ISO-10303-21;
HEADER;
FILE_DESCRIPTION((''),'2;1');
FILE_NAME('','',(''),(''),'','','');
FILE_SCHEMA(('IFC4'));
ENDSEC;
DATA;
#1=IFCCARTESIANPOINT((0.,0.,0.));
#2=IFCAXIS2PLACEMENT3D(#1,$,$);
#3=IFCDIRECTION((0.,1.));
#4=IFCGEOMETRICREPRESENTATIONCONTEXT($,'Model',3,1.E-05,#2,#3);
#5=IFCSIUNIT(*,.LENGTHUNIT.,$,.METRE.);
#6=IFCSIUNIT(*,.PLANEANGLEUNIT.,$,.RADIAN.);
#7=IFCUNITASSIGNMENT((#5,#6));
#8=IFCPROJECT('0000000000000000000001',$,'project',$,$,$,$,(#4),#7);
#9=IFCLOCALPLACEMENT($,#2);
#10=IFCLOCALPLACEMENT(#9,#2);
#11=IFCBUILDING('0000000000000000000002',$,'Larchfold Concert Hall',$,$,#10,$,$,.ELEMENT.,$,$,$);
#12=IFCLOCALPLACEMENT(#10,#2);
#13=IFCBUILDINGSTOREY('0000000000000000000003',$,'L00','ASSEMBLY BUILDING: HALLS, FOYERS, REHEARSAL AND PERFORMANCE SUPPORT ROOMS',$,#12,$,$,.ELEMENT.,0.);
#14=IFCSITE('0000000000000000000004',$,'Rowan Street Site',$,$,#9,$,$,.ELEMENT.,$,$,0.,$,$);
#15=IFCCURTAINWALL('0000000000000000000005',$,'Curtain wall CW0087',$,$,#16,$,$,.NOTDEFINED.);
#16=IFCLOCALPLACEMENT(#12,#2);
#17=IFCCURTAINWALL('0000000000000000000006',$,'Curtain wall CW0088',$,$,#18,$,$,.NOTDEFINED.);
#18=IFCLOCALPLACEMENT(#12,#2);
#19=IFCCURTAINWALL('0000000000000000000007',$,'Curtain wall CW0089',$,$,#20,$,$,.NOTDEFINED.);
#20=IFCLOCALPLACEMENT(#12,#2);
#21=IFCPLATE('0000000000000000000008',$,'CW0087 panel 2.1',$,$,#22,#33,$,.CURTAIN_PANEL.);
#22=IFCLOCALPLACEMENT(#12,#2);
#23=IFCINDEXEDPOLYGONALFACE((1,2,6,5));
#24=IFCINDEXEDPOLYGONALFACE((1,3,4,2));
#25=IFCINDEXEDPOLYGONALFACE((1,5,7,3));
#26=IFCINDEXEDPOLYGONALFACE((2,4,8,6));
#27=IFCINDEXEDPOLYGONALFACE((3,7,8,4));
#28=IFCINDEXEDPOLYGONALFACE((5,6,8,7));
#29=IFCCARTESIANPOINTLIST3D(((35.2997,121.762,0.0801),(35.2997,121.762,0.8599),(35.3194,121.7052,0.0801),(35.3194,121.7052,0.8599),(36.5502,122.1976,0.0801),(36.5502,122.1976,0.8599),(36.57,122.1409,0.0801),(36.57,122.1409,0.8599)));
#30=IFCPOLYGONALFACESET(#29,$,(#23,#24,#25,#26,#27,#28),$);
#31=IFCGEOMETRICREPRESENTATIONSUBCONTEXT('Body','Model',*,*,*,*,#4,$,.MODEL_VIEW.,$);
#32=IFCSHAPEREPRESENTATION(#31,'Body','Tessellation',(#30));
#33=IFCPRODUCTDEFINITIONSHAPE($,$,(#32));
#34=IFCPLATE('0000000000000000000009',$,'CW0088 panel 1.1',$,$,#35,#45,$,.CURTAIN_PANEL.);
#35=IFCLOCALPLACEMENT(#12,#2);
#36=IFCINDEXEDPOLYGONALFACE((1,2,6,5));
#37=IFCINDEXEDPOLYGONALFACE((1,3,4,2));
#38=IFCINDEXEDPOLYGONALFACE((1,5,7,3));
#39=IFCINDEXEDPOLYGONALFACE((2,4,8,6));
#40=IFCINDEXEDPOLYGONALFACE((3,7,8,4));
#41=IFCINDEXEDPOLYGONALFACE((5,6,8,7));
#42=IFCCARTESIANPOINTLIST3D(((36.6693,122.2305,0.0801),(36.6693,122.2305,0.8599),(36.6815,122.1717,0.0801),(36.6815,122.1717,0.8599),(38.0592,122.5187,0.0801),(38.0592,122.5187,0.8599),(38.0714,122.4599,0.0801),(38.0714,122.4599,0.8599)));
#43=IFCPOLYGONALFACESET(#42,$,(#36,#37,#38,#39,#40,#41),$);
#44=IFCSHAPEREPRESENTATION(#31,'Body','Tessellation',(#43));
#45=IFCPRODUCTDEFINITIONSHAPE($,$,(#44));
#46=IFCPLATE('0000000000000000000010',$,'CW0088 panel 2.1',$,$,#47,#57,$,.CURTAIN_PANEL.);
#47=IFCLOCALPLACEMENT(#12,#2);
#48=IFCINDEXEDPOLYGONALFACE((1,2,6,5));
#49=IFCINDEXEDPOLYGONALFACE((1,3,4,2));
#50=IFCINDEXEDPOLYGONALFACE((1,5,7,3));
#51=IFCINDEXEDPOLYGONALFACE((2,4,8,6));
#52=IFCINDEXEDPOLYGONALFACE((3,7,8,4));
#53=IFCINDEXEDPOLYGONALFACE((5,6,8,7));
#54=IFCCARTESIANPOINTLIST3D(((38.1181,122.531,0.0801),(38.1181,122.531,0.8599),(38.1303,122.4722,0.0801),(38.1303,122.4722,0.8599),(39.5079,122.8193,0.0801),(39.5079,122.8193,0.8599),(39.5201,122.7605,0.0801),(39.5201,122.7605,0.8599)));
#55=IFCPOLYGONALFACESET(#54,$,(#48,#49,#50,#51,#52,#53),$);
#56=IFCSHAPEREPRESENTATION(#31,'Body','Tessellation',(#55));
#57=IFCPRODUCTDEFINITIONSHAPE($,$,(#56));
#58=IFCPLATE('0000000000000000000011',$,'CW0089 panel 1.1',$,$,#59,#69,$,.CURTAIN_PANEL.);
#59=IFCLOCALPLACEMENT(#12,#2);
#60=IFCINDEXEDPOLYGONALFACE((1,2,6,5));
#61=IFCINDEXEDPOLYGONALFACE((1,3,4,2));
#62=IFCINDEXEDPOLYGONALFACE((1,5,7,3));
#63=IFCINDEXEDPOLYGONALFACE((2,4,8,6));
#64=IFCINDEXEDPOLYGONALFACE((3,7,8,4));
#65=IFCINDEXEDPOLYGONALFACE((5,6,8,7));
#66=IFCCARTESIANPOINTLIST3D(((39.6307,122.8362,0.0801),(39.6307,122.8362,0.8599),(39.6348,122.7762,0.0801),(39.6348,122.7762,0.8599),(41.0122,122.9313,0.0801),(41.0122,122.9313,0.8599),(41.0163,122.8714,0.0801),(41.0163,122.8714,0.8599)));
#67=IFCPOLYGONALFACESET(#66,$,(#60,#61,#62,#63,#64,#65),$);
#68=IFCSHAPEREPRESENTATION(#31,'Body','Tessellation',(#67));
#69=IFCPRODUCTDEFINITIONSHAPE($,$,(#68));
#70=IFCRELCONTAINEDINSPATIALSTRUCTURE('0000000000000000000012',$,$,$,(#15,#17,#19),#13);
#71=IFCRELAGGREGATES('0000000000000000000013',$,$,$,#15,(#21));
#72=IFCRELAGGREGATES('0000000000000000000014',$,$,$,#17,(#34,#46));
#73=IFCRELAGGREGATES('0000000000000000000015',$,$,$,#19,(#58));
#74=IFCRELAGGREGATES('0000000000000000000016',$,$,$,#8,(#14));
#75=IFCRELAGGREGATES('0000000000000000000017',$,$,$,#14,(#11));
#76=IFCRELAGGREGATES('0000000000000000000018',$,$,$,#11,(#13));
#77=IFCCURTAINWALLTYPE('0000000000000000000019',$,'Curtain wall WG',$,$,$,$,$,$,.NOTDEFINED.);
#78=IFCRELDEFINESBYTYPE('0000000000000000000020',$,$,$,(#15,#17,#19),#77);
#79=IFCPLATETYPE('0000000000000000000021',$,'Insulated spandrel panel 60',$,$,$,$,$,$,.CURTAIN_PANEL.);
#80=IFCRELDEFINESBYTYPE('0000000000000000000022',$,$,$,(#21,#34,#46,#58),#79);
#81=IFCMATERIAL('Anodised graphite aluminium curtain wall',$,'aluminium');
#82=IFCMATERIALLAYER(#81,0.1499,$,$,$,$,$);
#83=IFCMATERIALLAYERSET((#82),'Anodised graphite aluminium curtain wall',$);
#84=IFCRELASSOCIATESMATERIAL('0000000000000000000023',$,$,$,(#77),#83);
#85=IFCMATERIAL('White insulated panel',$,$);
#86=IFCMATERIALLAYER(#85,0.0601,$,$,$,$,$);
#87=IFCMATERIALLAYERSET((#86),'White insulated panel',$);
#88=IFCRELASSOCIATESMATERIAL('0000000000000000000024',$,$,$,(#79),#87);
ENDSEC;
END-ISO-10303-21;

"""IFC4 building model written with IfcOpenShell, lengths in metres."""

from ifc_helpers import new_model, si_unit, direction, frame, origin, origin_2d, place, context, subcontext, project, spatial, rectangle, extrude, material, layer, layer_set, type_object, element, aggregate, save


model = new_model("IFC4")

# Units and contexts
model_context = context("Model", 3, precision=1e-05, world=origin(), true_north=direction((0.0, 1.0)))
body_context = subcontext(model_context, "Body", "Model", "MODEL_VIEW")
ifc_project = project(units=[si_unit("LENGTHUNIT", "METRE"), si_unit("PLANEANGLEUNIT", "RADIAN")], contexts=[model_context])

# Site, building, storey
site_placement = place(None, origin())
site = spatial("IfcSite", under=ifc_project, at=site_placement, Name="Rowan Street Site", CompositionType="ELEMENT", RefElevation=0.0)
building_placement = place(site_placement, origin())
building = spatial("IfcBuilding", under=site, at=building_placement, Name="Larchfold Concert Hall", CompositionType="ELEMENT")
storey_placement = place(building_placement, origin())
storey = spatial("IfcBuildingStorey", under=building, at=storey_placement, Name="L00", Description="ASSEMBLY BUILDING: HALLS, FOYERS, REHEARSAL AND PERFORMANCE SUPPORT ROOMS", CompositionType="ELEMENT", Elevation=0.0)

# Curtain wall
ifc_material_1 = material(Name="Anodised graphite aluminium curtain wall", Category="aluminium")
ifc_layer_1 = layer(ifc_material_1, 0.1499)
ifc_layer_set_1 = layer_set([ifc_layer_1], Name="Anodised graphite aluminium curtain wall")
curtain_wall_type = type_object("IfcCurtainWallType", Name="Curtain wall WG", PredefinedType="NOTDEFINED", material=ifc_layer_set_1)
curtain_wall_1_placement = place(storey_placement, origin())
curtain_wall_1 = element("IfcCurtainWall", 1, at=curtain_wall_1_placement, inside=storey, type_object=curtain_wall_type, Name="Curtain wall CW0087", PredefinedType="NOTDEFINED")

# Curtain wall
curtain_wall_2_placement = place(storey_placement, origin())
curtain_wall_2 = element("IfcCurtainWall", 2, at=curtain_wall_2_placement, inside=storey, type_object=curtain_wall_type, Name="Curtain wall CW0088", PredefinedType="NOTDEFINED")

# Curtain wall
curtain_wall_3_placement = place(storey_placement, origin())
curtain_wall_3 = element("IfcCurtainWall", 3, at=curtain_wall_3_placement, inside=storey, type_object=curtain_wall_type, Name="Curtain wall CW0089", PredefinedType="NOTDEFINED")

# Plates
ifc_material_2 = material(Name="White insulated panel")
ifc_layer_2 = layer(ifc_material_2, 0.0601)
ifc_layer_set_2 = layer_set([ifc_layer_2], Name="White insulated panel")
plate_type_1 = type_object("IfcPlateType", Name="Insulated spandrel panel 60", PredefinedType="CURTAIN_PANEL", material=ifc_layer_set_2)
plate_1_placement = place(storey_placement, frame((35.9348, 121.9514, 0.0801), z_axis=(0.0, 0.0, 1.0), x_axis=(0.944342, 0.328966, 0.0)))
plate_1 = element("IfcPlate", 4, at=plate_1_placement, type_object=plate_type_1, Name="CW0087 panel 2.1", PredefinedType="CURTAIN_PANEL", context=body_context, shape_type="SweptSolid", body=[
    extrude(rectangle(XDim=1.3242, YDim=0.0601, at=origin_2d()), origin(), (0.0, 0.0, 1.0), 0.7798),
])
aggregate(curtain_wall_1, [plate_1])
plate_2_placement = place(storey_placement, frame((37.3704, 122.3452, 0.0801), z_axis=(0.0, 0.0, 1.0), x_axis=(0.979166, 0.203063, 0.0)))
plate_2 = element("IfcPlate", 5, at=plate_2_placement, type_object=plate_type_1, Name="CW0088 panel 1.1", PredefinedType="CURTAIN_PANEL", context=body_context, shape_type="SweptSolid", body=[
    extrude(rectangle(XDim=1.4194, YDim=0.0601, at=origin_2d()), origin(), (0.0, 0.0, 1.0), 0.7798),
])
plate_3_placement = place(storey_placement, frame((38.8191, 122.6458, 0.0801), z_axis=(0.0, 0.0, 1.0), x_axis=(0.979166, 0.203063, 0.0)))
plate_3 = element("IfcPlate", 6, at=plate_3_placement, type_object=plate_type_1, Name="CW0088 panel 2.1", PredefinedType="CURTAIN_PANEL", context=body_context, shape_type="SweptSolid", body=[
    extrude(rectangle(XDim=1.4194, YDim=0.0601, at=origin_2d()), origin(), (0.0, 0.0, 1.0), 0.7798),
])
aggregate(curtain_wall_2, [plate_2, plate_3])
plate_4_placement = place(storey_placement, frame((40.3235, 122.8538, 0.0801), z_axis=(0.0, 0.0, 1.0), x_axis=(0.997637, 0.0687, 0.0)))
plate_4 = element("IfcPlate", 7, at=plate_4_placement, type_object=plate_type_1, Name="CW0089 panel 1.1", PredefinedType="CURTAIN_PANEL", context=body_context, shape_type="SweptSolid", body=[
    extrude(rectangle(XDim=1.3848, YDim=0.0601, at=origin_2d()), origin(), (0.0, 0.0, 1.0), 0.7798),
])
aggregate(curtain_wall_3, [plate_4])

save(model, "model.ifc")
